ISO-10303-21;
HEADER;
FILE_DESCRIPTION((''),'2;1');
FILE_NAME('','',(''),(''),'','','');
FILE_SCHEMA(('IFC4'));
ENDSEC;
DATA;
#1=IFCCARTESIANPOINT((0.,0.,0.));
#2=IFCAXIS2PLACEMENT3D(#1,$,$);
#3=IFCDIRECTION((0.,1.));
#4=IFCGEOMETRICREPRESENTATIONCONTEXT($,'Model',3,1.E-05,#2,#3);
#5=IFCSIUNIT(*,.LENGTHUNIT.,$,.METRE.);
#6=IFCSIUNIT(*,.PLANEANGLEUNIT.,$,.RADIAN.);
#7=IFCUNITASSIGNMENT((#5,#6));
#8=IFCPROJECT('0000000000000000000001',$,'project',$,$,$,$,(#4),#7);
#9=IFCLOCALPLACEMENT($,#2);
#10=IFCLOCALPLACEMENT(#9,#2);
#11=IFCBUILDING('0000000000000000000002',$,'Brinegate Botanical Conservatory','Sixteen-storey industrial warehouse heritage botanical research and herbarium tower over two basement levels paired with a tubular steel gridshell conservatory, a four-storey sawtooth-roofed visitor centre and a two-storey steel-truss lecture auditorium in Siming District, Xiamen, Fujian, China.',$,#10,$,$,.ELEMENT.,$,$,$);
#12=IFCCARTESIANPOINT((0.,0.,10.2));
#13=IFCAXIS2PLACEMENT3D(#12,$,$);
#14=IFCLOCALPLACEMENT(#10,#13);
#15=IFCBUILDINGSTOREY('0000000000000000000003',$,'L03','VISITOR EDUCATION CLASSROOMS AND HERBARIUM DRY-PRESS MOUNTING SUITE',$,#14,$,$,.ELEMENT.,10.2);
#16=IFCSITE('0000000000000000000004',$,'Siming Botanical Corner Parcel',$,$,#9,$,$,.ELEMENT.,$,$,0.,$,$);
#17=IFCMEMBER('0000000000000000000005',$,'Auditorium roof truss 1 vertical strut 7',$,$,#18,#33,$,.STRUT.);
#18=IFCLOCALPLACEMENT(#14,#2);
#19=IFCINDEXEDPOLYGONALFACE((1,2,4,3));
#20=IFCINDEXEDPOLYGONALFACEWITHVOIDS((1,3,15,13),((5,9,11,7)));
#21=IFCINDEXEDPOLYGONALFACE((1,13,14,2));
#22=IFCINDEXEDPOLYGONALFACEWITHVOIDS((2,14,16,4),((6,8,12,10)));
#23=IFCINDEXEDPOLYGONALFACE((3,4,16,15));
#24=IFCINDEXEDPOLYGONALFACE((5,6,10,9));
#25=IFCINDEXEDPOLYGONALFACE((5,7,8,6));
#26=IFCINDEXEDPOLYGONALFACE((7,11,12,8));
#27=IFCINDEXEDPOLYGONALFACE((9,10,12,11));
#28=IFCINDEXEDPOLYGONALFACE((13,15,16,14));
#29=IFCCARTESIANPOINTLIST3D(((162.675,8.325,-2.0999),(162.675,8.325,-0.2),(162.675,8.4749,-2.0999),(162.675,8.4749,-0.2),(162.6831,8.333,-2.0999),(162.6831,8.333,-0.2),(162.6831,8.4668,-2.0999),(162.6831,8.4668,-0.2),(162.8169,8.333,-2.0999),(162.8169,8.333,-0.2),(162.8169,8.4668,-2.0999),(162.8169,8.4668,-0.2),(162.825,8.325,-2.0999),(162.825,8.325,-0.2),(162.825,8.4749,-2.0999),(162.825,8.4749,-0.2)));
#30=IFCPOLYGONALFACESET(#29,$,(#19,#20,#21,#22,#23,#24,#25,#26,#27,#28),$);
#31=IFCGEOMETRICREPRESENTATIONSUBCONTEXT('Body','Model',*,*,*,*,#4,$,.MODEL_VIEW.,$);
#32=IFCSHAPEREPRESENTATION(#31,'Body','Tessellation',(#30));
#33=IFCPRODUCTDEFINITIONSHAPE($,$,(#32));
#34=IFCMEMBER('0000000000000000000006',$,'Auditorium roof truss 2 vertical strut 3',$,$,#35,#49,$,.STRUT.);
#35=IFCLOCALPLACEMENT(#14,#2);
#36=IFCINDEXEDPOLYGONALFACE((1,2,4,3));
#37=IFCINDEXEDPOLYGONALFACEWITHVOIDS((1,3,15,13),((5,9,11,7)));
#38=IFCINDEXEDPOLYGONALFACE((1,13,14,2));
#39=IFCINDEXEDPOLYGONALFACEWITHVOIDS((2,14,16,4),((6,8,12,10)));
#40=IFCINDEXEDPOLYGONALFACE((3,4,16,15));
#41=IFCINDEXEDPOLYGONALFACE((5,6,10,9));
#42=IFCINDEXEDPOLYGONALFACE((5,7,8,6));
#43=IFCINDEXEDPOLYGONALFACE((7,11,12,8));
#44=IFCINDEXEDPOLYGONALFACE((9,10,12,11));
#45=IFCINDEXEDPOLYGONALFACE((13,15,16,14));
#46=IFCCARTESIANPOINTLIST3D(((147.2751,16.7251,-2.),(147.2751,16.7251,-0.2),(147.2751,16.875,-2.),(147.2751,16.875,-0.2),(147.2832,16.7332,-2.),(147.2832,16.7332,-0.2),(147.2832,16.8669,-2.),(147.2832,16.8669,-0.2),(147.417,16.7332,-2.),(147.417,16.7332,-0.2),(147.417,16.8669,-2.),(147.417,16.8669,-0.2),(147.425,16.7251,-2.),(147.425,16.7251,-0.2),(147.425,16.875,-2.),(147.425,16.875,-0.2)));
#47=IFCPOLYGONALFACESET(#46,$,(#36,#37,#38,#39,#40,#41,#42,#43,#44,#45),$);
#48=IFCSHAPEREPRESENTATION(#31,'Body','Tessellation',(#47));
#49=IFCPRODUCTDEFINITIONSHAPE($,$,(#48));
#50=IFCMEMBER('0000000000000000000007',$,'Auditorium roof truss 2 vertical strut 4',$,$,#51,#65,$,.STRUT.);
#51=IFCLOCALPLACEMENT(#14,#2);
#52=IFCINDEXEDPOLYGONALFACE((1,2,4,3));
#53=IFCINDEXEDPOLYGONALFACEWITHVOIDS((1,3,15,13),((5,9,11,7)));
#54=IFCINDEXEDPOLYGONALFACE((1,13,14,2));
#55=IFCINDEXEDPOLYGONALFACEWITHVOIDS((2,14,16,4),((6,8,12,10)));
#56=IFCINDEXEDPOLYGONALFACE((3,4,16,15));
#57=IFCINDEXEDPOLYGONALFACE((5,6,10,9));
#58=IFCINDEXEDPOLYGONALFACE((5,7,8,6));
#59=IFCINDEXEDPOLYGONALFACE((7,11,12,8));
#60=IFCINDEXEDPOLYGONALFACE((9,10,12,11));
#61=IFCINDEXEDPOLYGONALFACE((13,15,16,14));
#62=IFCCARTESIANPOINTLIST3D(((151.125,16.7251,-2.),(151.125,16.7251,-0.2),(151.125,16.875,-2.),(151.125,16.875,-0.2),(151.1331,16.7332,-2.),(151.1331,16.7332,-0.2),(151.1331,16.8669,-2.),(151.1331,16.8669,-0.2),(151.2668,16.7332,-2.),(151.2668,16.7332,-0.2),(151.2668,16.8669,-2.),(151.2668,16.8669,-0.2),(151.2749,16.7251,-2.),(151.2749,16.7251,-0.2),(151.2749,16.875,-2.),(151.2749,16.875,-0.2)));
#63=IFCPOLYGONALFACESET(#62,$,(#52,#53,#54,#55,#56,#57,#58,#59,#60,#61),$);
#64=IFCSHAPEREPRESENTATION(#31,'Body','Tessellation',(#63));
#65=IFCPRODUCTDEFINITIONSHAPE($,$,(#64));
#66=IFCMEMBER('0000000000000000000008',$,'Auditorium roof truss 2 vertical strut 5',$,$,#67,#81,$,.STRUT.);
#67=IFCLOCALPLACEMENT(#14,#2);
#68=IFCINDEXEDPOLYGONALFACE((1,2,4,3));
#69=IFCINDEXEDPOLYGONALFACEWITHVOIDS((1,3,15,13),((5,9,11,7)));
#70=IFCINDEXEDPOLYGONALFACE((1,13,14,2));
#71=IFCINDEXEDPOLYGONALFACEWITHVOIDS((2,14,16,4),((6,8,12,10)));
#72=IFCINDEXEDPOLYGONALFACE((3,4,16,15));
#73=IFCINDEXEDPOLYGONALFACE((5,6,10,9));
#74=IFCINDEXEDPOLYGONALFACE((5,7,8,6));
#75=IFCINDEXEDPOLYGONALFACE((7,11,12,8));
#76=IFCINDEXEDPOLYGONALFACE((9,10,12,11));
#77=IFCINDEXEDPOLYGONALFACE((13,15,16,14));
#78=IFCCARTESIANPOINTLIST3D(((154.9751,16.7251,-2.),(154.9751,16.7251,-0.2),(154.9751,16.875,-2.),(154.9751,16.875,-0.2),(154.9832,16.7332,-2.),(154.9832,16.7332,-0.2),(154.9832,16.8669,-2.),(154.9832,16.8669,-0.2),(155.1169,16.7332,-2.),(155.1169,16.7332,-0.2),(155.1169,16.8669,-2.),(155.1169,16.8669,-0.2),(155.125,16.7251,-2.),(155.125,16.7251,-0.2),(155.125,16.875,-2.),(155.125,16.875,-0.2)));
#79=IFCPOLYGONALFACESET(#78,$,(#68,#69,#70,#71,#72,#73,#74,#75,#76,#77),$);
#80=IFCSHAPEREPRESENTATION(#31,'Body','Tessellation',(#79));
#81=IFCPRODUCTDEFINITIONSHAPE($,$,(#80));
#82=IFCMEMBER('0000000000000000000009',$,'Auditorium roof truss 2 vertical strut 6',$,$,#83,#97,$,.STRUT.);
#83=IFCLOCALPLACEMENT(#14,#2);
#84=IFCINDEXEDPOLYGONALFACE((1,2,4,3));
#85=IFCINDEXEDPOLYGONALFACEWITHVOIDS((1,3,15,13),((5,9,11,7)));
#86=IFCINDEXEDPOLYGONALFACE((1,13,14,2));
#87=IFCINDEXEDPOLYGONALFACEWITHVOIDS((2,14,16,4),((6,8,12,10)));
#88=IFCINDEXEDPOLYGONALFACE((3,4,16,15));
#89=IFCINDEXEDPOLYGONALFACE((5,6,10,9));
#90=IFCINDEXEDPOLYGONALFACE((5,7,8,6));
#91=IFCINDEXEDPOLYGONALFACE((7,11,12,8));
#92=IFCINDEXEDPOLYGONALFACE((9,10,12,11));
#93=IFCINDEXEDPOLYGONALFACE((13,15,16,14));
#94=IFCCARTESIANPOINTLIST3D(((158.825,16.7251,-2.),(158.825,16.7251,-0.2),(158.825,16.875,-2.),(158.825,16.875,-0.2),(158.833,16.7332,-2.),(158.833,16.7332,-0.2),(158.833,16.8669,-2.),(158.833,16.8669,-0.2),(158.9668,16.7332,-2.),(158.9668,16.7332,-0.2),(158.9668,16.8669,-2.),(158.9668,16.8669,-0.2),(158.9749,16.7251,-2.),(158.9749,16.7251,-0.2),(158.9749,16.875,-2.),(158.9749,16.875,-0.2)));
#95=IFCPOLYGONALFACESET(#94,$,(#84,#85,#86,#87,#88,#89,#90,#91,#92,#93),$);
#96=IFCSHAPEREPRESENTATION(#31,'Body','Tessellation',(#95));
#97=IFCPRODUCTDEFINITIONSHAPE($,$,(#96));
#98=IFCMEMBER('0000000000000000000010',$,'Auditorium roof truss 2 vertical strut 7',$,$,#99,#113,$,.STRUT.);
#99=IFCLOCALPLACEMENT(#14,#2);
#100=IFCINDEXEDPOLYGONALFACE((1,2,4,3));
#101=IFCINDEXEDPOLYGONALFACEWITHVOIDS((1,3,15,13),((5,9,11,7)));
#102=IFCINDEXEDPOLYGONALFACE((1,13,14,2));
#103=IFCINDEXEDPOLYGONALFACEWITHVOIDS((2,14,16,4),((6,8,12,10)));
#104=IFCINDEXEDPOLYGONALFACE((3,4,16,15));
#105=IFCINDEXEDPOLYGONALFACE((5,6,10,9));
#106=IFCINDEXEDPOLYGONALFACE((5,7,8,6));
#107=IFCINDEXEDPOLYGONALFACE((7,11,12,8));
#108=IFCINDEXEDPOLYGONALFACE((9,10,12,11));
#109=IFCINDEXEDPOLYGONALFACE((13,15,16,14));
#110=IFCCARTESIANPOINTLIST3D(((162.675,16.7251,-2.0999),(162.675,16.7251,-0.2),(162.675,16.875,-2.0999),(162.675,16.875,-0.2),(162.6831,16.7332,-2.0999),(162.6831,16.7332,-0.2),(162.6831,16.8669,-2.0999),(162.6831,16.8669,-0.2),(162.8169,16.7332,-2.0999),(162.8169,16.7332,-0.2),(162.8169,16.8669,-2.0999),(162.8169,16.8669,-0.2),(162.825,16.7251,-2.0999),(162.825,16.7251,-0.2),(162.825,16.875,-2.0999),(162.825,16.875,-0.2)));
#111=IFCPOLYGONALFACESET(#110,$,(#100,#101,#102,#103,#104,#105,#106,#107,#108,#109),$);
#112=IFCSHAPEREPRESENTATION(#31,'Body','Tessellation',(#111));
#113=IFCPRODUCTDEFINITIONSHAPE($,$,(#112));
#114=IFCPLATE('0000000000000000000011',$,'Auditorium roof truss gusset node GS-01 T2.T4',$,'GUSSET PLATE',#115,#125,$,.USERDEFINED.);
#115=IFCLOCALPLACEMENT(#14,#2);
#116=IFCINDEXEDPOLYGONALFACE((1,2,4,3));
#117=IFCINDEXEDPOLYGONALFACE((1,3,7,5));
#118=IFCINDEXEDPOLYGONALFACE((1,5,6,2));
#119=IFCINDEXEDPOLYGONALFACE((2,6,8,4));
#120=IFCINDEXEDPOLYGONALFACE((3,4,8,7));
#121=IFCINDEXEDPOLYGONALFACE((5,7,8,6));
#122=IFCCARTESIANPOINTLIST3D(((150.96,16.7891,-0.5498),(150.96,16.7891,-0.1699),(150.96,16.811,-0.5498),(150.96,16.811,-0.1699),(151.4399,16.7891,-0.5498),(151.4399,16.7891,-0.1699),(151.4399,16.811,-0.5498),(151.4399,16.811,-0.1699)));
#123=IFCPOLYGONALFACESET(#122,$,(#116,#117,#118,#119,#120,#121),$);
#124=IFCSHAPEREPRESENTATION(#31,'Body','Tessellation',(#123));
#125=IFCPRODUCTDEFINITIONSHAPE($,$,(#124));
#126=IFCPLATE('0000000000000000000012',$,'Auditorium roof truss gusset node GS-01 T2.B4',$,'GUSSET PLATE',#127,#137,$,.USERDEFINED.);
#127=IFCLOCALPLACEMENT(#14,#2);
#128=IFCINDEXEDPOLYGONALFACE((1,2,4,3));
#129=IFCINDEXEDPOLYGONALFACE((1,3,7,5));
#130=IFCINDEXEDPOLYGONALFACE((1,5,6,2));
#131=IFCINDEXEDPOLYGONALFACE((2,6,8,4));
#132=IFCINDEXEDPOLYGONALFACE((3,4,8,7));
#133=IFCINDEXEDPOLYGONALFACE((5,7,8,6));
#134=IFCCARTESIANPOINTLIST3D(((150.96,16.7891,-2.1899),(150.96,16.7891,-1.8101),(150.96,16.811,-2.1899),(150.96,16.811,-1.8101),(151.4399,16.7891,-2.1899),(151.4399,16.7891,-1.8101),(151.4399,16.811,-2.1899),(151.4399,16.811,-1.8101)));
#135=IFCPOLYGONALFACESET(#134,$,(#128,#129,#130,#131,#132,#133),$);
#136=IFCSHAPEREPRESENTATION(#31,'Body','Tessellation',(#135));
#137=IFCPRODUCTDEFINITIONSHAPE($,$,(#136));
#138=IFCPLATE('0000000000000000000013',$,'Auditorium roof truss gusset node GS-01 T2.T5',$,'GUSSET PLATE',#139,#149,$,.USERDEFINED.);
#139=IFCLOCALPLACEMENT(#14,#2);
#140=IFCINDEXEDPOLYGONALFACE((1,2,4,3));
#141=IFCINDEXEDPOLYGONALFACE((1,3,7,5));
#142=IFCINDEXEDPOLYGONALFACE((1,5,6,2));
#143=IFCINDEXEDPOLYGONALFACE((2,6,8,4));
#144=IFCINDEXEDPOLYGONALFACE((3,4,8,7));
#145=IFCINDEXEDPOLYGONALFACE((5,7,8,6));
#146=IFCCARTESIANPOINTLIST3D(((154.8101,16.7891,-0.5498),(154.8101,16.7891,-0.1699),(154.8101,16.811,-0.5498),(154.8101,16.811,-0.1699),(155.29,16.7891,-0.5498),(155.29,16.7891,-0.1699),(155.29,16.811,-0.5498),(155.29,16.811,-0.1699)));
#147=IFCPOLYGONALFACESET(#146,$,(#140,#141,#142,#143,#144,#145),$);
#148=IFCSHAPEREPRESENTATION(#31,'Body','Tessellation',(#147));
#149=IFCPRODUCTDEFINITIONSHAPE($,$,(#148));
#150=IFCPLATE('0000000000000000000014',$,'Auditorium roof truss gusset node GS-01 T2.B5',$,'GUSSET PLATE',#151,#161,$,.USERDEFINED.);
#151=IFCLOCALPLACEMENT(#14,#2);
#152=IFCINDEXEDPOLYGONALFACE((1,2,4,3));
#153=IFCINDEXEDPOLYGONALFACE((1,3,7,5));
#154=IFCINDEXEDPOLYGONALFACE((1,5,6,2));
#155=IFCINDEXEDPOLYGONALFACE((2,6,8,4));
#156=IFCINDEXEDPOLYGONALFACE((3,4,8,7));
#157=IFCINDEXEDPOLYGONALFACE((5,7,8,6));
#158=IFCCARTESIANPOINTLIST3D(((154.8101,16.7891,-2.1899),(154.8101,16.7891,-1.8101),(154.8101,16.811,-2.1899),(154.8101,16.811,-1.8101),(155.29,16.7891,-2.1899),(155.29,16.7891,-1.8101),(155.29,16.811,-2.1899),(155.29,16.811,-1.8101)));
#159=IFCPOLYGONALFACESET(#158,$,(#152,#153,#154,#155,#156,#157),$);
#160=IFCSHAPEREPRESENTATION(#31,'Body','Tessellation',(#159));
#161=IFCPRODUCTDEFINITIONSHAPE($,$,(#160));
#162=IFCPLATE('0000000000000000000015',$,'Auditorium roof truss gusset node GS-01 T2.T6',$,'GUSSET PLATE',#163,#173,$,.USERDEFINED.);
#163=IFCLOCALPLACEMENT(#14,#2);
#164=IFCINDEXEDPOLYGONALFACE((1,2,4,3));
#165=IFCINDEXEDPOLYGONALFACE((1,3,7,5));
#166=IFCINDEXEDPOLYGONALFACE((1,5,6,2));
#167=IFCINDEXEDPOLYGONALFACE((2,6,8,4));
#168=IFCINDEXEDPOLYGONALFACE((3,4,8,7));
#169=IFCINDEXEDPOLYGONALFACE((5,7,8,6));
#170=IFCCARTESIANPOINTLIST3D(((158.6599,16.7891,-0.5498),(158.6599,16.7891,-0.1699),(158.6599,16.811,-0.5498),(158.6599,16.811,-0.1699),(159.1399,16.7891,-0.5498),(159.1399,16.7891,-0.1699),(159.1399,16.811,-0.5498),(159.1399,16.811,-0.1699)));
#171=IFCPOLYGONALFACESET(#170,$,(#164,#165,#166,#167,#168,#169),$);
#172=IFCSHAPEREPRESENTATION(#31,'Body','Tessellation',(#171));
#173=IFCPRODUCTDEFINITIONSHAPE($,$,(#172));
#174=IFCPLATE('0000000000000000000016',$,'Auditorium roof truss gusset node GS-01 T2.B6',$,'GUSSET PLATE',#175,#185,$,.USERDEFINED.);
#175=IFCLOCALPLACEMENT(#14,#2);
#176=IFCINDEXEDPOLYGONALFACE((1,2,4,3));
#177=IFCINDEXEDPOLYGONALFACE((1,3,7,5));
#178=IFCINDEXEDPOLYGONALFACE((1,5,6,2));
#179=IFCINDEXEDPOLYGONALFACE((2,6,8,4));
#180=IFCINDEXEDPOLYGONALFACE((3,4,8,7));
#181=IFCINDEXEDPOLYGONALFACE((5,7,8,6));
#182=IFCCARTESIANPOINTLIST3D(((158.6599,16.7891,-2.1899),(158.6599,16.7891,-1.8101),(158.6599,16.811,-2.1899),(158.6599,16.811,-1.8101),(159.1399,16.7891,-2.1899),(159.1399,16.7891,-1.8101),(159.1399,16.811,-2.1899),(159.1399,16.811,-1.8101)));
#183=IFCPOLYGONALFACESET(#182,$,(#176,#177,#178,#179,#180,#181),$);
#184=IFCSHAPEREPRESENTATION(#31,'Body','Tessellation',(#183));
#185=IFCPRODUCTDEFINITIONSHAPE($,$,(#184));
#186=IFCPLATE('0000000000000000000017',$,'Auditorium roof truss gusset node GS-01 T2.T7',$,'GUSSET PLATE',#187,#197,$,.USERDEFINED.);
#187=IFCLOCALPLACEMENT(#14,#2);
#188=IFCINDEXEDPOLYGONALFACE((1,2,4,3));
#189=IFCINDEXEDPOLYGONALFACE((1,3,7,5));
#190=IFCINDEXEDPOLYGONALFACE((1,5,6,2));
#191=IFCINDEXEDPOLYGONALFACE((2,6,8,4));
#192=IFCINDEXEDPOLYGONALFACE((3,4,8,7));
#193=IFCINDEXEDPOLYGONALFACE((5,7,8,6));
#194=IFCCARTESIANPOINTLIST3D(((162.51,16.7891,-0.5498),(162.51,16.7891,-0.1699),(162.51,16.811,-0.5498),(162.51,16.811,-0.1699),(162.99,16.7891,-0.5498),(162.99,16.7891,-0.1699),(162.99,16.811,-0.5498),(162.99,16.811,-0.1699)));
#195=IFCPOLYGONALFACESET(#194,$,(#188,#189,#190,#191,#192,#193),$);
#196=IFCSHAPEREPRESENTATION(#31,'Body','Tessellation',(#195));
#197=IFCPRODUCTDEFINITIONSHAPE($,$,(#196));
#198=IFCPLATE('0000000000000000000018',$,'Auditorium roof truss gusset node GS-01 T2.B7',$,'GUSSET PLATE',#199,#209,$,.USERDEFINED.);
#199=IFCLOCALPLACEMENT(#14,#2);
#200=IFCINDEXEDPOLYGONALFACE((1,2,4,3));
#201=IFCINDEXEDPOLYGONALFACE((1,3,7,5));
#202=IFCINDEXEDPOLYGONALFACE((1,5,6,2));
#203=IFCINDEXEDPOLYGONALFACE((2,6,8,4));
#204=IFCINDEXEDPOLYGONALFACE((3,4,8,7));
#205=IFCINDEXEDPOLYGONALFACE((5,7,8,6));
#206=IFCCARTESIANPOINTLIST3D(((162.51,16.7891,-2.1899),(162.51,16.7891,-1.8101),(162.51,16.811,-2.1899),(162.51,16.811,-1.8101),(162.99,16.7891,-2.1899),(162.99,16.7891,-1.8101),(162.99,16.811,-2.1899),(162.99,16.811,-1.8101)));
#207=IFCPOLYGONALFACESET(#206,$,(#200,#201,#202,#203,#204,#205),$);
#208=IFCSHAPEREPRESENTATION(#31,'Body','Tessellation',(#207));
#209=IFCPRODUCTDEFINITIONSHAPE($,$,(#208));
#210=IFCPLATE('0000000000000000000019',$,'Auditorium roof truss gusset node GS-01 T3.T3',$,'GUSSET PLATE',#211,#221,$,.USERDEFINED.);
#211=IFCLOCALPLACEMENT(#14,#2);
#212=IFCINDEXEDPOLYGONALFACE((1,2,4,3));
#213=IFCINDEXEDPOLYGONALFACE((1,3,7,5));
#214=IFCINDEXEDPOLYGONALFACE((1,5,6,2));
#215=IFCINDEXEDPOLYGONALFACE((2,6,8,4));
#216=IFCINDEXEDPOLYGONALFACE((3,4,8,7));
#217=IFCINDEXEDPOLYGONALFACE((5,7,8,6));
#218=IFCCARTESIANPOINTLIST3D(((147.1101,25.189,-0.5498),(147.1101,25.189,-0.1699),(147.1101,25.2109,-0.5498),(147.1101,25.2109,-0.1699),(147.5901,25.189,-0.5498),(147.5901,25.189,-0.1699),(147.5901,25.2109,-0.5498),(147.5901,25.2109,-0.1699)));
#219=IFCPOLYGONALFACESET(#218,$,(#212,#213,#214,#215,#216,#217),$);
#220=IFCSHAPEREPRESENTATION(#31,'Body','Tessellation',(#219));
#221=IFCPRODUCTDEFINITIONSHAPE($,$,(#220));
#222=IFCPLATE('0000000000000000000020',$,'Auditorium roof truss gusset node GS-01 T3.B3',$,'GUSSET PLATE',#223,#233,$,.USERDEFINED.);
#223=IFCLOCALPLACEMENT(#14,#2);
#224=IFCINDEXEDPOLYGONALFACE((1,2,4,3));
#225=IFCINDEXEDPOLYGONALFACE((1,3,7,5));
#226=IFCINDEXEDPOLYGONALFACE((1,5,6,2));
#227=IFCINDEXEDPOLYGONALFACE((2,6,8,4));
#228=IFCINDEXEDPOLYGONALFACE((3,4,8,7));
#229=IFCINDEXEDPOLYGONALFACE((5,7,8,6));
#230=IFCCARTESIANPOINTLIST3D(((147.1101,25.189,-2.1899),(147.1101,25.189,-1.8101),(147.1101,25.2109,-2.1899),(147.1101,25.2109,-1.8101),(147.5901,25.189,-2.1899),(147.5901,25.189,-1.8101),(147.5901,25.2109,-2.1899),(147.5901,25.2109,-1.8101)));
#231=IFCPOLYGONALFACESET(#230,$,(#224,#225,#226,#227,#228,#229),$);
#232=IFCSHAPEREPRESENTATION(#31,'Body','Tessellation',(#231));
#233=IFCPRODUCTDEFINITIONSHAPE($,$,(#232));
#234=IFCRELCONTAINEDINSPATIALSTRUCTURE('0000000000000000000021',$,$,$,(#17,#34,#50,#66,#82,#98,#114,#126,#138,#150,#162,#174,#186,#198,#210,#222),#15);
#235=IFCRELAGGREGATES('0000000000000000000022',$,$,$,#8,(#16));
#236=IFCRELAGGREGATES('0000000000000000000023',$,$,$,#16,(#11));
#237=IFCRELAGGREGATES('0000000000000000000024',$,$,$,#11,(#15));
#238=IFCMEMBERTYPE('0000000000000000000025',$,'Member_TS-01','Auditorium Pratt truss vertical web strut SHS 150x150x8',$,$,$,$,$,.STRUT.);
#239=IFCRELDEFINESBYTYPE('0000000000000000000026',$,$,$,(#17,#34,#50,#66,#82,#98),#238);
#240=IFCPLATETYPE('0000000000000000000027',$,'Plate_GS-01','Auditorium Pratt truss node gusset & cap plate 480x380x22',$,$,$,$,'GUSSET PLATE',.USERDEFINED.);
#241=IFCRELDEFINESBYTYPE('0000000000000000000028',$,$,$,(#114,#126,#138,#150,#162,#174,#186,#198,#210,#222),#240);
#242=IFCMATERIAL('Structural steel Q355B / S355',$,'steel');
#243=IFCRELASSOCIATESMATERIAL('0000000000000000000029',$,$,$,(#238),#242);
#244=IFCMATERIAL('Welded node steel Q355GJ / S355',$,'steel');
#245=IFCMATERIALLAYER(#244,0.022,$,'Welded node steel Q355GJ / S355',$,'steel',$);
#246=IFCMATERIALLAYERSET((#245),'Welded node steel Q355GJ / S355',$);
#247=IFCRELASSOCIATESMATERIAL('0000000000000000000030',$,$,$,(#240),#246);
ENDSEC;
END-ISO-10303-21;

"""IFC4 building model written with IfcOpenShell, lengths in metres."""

from ifc_helpers import new_model, si_unit, direction, frame, origin, origin_2d, place, context, subcontext, project, spatial, rectangle, hollow_rectangle, extrude, material, layer, layer_set, material_profile, profile_set, type_object, element, save


model = new_model("IFC4")

# Units and contexts
model_context = context("Model", 3, precision=1e-05, world=origin(), true_north=direction((0.0, 1.0)))
body_context = subcontext(model_context, "Body", "Model", "MODEL_VIEW")
ifc_project = project(units=[si_unit("LENGTHUNIT", "METRE"), si_unit("PLANEANGLEUNIT", "RADIAN")], contexts=[model_context])

# Site, building, storey
site_placement = place(None, origin())
site = spatial("IfcSite", under=ifc_project, at=site_placement, Name="Siming Botanical Corner Parcel", CompositionType="ELEMENT", RefElevation=0.0)
building_placement = place(site_placement, origin())
building = spatial("IfcBuilding", under=site, at=building_placement, Name="Brinegate Botanical Conservatory", Description="Sixteen-storey industrial warehouse heritage botanical research and herbarium tower over two basement levels paired with a tubular steel gridshell conservatory, a four-storey sawtooth-roofed visitor centre and a two-storey steel-truss lecture auditorium in Siming District, Xiamen, Fujian, China.", CompositionType="ELEMENT")
storey_placement = place(building_placement, frame((0.0, 0.0, 10.2)))
storey = spatial("IfcBuildingStorey", under=building, at=storey_placement, Name="L03", Description="VISITOR EDUCATION CLASSROOMS AND HERBARIUM DRY-PRESS MOUNTING SUITE", CompositionType="ELEMENT", Elevation=10.2)

# Members
ifc_material_1 = material(Name="Structural steel Q355B / S355", Category="steel")
ifc_material_profile_1 = material_profile(ifc_material_1, hollow_rectangle(XDim=0.1499, YDim=0.1499, WallThickness=0.0081, at=origin_2d()), Name="SHS 150x150x8")
ifc_profile_set_1 = profile_set([ifc_material_profile_1], Name="Structural steel Q355B / S355")
member_type_1 = type_object("IfcMemberType", Name="Member_TS-01", Description="Auditorium Pratt truss vertical web strut SHS 150x150x8", PredefinedType="STRUT", material=ifc_profile_set_1)
member_1_placement = place(storey_placement, frame((162.75, 8.3999, -2.0999), z_axis=(0.0, 0.0, 1.0), x_axis=(1.0, 0.0, 0.0)))
element("IfcMember", 1, at=member_1_placement, inside=storey, type_object=member_type_1, Name="Auditorium roof truss 1 vertical strut 7", PredefinedType="STRUT", context=body_context, shape_type="SweptSolid", body=[
    extrude(hollow_rectangle(XDim=0.1499, YDim=0.1499, WallThickness=0.0081, at=origin_2d()), origin(), (0.0, 0.0, 1.0), 1.8999),
])
for number, where, z_axis, x_axis, name in (
    (2, (147.3501, 16.8, -2.0), (0.0, 0.0, 1.0), (1.0, 0.0, 0.0), "Auditorium roof truss 2 vertical strut 3"),
    (3, (151.2, 16.8, -2.0), (0.0, 0.0, 1.0), (1.0, 0.0, 0.0), "Auditorium roof truss 2 vertical strut 4"),
    (4, (155.05, 16.8, -2.0), (0.0, 0.0, 1.0), (1.0, 0.0, 0.0), "Auditorium roof truss 2 vertical strut 5"),
    (5, (158.8999, 16.8, -2.0), (0.0, 0.0, 1.0), (1.0, 0.0, 0.0), "Auditorium roof truss 2 vertical strut 6"),
):
    element("IfcMember", number, at=place(storey_placement, frame(where, z_axis=z_axis, x_axis=x_axis)), inside=storey, type_object=member_type_1, Name=name, PredefinedType="STRUT", context=body_context, shape_type="SweptSolid", body=[
        extrude(hollow_rectangle(XDim=0.1499, YDim=0.1499, WallThickness=0.0081, at=origin_2d()), origin(), (0.0, 0.0, 1.0), 1.8),
    ])
member_2_placement = place(storey_placement, frame((162.75, 16.8, -2.0999), z_axis=(0.0, 0.0, 1.0), x_axis=(1.0, 0.0, 0.0)))
element("IfcMember", 6, at=member_2_placement, inside=storey, type_object=member_type_1, Name="Auditorium roof truss 2 vertical strut 7", PredefinedType="STRUT", context=body_context, shape_type="SweptSolid", body=[
    extrude(hollow_rectangle(XDim=0.1499, YDim=0.1499, WallThickness=0.0081, at=origin_2d()), origin(), (0.0, 0.0, 1.0), 1.8999),
])

# Plates
ifc_material_2 = material(Name="Welded node steel Q355GJ / S355", Category="steel")
ifc_layer = layer(ifc_material_2, 0.022, Name="Welded node steel Q355GJ / S355", Category="steel")
ifc_layer_set = layer_set([ifc_layer], Name="Welded node steel Q355GJ / S355")
plate_type = type_object("IfcPlateType", Name="Plate_GS-01", Description="Auditorium Pratt truss node gusset & cap plate 480x380x22", ElementType="GUSSET PLATE", PredefinedType="USERDEFINED", material=ifc_layer_set)
for number, where, z_axis, x_axis, name in (
    (7, (151.2, 16.8, -0.5498), (0.0, 0.0, 1.0), (1.0, 0.0, 0.0), "Auditorium roof truss gusset node GS-01 T2.T4"),
    (8, (151.2, 16.8, -2.1899), (0.0, 0.0, 1.0), (1.0, 0.0, 0.0), "Auditorium roof truss gusset node GS-01 T2.B4"),
    (9, (155.05, 16.8, -0.5498), (0.0, 0.0, 1.0), (1.0, 0.0, 0.0), "Auditorium roof truss gusset node GS-01 T2.T5"),
    (10, (155.05, 16.8, -2.1899), (0.0, 0.0, 1.0), (1.0, 0.0, 0.0), "Auditorium roof truss gusset node GS-01 T2.B5"),
    (11, (158.8999, 16.8, -0.5498), (0.0, 0.0, 1.0), (1.0, 0.0, 0.0), "Auditorium roof truss gusset node GS-01 T2.T6"),
    (12, (158.8999, 16.8, -2.1899), (0.0, 0.0, 1.0), (1.0, 0.0, 0.0), "Auditorium roof truss gusset node GS-01 T2.B6"),
    (13, (162.75, 16.8, -0.5498), (0.0, 0.0, 1.0), (1.0, 0.0, 0.0), "Auditorium roof truss gusset node GS-01 T2.T7"),
    (14, (162.75, 16.8, -2.1899), (0.0, 0.0, 1.0), (1.0, 0.0, 0.0), "Auditorium roof truss gusset node GS-01 T2.B7"),
    (15, (147.3501, 25.2, -0.5498), (0.0, 0.0, 1.0), (1.0, 0.0, 0.0), "Auditorium roof truss gusset node GS-01 T3.T3"),
    (16, (147.3501, 25.2, -2.1899), (0.0, 0.0, 1.0), (1.0, 0.0, 0.0), "Auditorium roof truss gusset node GS-01 T3.B3"),
):
    element("IfcPlate", number, at=place(storey_placement, frame(where, z_axis=z_axis, x_axis=x_axis)), inside=storey, type_object=plate_type, Name=name, ObjectType="GUSSET PLATE", PredefinedType="USERDEFINED", context=body_context, shape_type="SweptSolid", body=[
        extrude(rectangle(XDim=0.48, YDim=0.022, at=origin_2d()), origin(), (0.0, 0.0, 1.0), 0.3799),
    ])

save(model, "model.ifc")
